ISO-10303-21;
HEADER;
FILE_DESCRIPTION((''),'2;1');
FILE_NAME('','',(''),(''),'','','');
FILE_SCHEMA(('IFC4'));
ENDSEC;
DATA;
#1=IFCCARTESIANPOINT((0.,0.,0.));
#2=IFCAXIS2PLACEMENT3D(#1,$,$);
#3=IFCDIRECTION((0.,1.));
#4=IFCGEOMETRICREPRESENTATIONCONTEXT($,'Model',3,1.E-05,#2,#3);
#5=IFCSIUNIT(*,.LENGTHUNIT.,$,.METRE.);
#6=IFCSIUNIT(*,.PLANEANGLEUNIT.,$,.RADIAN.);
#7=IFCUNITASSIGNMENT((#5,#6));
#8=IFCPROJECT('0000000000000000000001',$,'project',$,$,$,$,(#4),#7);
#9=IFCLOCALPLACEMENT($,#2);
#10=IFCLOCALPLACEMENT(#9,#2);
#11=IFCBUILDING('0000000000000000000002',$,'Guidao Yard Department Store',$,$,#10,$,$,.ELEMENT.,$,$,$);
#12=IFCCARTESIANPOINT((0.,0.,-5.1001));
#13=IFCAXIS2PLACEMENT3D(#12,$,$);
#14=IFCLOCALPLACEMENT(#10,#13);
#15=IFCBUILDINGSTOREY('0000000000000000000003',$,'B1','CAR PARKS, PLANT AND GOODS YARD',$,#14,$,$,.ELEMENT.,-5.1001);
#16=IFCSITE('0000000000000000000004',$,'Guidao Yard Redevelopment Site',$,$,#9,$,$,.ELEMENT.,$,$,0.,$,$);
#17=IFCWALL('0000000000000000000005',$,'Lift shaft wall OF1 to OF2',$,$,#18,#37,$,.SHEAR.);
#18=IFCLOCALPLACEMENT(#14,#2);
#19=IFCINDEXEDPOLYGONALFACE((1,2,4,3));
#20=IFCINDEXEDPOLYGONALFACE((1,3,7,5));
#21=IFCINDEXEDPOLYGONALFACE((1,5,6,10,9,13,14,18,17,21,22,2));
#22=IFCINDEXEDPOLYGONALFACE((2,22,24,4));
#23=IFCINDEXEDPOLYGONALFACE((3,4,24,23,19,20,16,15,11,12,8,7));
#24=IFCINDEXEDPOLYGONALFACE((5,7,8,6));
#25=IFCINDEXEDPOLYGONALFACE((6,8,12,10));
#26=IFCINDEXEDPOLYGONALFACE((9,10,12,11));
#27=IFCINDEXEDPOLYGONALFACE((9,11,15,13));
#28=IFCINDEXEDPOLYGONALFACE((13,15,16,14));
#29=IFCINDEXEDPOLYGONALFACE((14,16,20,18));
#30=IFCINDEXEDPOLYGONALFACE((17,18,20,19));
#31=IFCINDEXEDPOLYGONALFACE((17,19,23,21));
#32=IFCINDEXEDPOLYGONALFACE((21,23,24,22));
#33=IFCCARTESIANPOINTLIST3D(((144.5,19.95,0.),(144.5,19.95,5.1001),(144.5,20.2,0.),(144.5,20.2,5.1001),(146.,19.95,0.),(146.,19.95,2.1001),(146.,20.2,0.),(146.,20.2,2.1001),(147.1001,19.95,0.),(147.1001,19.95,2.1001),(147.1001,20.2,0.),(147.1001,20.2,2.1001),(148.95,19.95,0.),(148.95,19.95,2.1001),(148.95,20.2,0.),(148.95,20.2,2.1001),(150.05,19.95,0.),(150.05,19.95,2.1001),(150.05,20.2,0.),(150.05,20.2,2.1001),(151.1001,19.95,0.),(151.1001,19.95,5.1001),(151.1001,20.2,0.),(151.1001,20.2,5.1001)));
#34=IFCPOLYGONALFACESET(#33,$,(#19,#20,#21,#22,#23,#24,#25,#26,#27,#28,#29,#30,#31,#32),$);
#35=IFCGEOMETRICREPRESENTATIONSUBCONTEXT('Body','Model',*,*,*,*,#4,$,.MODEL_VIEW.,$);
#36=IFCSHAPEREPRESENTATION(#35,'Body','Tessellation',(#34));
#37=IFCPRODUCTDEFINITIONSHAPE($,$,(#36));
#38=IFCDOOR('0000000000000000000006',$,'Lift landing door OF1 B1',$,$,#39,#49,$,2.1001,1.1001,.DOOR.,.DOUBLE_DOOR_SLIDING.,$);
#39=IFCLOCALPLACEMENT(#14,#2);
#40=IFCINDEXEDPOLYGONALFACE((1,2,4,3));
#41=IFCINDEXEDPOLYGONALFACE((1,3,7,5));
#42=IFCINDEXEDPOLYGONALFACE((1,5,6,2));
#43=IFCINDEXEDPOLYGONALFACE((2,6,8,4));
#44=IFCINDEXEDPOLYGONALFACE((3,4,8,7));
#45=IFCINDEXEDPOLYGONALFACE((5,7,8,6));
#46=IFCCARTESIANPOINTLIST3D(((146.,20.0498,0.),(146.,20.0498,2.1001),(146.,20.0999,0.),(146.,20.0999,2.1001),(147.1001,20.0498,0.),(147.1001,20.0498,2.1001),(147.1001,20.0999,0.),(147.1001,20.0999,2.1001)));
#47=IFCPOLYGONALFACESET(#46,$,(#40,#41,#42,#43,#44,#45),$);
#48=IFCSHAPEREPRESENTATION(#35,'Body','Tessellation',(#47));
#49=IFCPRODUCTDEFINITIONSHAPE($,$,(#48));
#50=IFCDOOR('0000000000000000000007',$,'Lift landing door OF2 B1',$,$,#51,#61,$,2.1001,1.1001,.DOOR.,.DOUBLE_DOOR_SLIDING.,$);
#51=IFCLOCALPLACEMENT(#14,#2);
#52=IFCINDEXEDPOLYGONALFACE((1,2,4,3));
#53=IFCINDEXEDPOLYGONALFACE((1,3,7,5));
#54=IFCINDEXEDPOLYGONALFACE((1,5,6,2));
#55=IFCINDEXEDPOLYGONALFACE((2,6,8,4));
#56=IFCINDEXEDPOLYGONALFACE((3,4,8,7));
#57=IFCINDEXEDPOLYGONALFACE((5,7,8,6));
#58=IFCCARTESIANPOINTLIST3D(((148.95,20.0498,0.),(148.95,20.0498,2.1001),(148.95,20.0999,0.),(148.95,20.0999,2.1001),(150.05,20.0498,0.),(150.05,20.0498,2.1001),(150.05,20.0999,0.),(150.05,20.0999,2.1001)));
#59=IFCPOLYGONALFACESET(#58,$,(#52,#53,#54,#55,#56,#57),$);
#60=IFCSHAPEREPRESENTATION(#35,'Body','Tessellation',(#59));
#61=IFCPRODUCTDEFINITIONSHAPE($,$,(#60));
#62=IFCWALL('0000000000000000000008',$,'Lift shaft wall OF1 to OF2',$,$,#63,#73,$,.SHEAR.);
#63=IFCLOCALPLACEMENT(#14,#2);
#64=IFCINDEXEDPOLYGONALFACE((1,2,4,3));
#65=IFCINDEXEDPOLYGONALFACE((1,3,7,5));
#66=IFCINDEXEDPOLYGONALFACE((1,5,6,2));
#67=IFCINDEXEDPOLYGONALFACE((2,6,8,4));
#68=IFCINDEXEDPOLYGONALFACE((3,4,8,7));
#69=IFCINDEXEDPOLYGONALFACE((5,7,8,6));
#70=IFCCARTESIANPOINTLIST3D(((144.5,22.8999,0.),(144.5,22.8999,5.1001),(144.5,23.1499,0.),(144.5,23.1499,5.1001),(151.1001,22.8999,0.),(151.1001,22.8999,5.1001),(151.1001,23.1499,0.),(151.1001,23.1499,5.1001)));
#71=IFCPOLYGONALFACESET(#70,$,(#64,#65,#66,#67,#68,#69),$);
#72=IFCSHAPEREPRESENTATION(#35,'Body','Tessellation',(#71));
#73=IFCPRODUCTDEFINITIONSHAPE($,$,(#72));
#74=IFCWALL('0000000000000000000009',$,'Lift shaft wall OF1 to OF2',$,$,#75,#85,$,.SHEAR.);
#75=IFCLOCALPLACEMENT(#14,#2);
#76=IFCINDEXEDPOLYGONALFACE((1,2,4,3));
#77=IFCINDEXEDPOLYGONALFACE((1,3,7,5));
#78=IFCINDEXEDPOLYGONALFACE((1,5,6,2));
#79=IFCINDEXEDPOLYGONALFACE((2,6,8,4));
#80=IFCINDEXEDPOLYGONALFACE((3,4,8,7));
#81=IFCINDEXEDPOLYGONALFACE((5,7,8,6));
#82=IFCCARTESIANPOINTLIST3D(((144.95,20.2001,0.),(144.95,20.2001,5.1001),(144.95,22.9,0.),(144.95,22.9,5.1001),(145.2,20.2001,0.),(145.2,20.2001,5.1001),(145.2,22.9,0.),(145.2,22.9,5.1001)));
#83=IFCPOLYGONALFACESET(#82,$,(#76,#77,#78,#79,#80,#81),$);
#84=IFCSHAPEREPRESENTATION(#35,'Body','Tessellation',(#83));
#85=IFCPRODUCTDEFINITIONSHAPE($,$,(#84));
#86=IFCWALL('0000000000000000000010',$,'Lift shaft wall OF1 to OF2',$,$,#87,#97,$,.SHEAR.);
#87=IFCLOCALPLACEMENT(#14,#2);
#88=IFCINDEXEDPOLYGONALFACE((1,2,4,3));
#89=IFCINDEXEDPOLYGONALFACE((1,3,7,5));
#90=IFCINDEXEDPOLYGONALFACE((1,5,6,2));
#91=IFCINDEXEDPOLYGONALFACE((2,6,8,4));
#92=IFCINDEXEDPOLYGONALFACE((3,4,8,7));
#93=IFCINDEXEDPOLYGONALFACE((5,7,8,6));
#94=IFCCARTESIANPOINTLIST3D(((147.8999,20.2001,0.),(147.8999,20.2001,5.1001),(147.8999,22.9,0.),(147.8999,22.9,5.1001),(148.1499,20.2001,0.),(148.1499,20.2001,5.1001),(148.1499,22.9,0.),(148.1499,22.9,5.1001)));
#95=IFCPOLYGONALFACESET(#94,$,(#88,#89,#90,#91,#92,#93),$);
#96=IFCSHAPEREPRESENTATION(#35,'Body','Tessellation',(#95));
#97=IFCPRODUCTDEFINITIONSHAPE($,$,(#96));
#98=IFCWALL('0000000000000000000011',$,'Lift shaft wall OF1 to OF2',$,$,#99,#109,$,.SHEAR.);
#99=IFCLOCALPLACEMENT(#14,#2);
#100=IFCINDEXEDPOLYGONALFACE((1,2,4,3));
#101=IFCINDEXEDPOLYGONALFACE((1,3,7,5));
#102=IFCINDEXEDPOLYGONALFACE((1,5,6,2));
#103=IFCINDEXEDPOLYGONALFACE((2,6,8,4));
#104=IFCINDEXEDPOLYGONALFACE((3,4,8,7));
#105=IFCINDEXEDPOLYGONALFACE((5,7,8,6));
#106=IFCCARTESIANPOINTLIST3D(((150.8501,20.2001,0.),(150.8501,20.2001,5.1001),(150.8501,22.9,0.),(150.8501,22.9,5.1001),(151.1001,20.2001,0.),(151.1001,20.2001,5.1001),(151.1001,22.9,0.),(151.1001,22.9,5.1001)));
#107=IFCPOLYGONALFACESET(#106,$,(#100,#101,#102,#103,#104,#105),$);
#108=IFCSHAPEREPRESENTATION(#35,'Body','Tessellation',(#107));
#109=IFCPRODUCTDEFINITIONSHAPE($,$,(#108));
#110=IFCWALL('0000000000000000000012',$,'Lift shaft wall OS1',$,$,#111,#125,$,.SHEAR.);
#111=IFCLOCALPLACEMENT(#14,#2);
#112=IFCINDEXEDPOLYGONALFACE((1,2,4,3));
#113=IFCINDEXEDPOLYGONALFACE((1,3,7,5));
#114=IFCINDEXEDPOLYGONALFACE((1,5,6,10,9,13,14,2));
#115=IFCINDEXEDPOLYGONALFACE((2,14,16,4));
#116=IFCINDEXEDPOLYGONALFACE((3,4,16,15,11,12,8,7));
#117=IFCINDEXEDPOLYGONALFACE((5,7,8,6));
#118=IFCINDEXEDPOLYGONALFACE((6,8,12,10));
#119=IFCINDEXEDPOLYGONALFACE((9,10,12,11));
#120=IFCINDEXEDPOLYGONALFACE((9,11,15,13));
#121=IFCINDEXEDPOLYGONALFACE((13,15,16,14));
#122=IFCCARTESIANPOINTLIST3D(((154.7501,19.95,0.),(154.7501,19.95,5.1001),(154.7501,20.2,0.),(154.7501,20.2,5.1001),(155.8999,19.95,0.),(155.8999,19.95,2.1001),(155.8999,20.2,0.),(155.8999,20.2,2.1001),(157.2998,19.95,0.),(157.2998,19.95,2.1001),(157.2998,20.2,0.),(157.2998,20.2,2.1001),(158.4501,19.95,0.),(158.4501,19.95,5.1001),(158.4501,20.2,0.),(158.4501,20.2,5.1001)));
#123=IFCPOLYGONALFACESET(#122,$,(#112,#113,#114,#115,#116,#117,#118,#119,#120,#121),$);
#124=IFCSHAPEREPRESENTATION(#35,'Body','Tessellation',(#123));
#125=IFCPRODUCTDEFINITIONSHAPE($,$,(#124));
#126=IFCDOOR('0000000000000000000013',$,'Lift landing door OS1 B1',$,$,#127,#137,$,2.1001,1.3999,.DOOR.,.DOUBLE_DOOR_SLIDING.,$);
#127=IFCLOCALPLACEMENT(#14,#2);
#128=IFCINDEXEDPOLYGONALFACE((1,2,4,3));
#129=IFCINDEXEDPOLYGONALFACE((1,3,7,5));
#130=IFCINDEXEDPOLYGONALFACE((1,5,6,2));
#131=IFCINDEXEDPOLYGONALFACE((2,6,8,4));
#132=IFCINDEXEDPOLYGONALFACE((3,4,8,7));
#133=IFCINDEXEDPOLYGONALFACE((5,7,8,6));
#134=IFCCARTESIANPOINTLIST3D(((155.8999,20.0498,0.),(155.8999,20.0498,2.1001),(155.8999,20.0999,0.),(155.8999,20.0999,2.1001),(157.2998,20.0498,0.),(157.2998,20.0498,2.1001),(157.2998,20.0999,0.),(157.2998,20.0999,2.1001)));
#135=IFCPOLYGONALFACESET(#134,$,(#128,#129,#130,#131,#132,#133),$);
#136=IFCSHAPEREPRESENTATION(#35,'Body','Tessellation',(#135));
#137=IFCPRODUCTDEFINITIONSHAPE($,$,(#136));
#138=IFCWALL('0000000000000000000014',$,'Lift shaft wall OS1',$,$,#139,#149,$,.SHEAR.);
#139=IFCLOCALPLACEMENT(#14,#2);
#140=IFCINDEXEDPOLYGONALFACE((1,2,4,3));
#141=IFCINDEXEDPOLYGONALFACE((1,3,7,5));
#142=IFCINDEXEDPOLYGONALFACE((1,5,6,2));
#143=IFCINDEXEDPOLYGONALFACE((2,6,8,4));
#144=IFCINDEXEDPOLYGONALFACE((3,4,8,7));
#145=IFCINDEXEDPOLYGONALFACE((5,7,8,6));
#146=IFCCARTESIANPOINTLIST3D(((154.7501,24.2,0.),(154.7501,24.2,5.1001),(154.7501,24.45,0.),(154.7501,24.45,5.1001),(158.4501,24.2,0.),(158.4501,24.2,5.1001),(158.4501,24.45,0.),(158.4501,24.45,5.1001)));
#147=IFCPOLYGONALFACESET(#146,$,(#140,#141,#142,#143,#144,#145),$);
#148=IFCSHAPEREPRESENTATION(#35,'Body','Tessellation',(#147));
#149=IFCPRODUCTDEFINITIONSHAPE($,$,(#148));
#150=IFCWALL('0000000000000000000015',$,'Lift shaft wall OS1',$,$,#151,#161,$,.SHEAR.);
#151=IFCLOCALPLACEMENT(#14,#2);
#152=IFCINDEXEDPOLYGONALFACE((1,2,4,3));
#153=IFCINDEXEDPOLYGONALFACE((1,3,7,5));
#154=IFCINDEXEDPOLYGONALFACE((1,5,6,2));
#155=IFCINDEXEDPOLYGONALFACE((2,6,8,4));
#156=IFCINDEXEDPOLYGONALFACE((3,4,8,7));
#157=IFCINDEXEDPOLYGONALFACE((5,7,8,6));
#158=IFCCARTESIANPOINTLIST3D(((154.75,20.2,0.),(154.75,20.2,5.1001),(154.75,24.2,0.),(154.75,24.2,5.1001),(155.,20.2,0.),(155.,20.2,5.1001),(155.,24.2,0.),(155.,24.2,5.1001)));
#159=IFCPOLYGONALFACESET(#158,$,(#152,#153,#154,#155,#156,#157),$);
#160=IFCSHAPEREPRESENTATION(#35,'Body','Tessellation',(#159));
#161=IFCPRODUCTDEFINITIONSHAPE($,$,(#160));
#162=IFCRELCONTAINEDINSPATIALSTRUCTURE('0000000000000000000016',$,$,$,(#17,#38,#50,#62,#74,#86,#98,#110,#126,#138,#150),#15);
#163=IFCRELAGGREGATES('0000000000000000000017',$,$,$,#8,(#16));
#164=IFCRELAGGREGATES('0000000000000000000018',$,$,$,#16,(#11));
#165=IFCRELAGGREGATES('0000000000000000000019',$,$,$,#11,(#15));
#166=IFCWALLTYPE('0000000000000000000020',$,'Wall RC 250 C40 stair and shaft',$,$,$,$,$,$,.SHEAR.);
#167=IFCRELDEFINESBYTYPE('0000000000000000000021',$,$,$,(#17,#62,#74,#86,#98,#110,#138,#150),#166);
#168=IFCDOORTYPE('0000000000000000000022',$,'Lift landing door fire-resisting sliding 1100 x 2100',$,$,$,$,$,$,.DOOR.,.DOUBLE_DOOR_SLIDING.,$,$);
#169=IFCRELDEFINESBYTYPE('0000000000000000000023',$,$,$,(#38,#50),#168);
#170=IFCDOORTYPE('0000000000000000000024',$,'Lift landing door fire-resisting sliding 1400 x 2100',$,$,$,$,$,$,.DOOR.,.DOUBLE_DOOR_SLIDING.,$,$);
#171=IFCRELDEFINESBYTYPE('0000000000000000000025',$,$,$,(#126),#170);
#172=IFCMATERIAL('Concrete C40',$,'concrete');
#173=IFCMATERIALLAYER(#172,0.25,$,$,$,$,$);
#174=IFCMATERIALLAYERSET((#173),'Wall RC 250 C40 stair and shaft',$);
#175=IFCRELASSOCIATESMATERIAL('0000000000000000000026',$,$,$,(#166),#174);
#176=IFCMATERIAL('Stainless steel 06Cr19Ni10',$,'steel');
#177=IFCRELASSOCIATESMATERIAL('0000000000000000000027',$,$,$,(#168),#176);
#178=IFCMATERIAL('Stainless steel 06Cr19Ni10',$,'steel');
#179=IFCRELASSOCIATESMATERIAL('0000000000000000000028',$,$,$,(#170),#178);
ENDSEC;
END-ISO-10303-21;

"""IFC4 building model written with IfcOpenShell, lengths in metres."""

from ifc_helpers import new_model, si_unit, direction, frame, frame_2d, origin, place, context, subcontext, project, spatial, rectangle, extrude, material, layer, layer_set, type_object, element, fill, save


model = new_model("IFC4")

# Units and contexts
model_context = context("Model", 3, precision=1e-05, world=origin(), true_north=direction((0.0, 1.0)))
body_context = subcontext(model_context, "Body", "Model", "MODEL_VIEW")
ifc_project = project(units=[si_unit("LENGTHUNIT", "METRE"), si_unit("PLANEANGLEUNIT", "RADIAN")], contexts=[model_context])

# Site, building, storey
site_placement = place(None, origin())
site = spatial("IfcSite", under=ifc_project, at=site_placement, Name="Guidao Yard Redevelopment Site", CompositionType="ELEMENT", RefElevation=0.0)
building_placement = place(site_placement, origin())
building = spatial("IfcBuilding", under=site, at=building_placement, Name="Guidao Yard Department Store", CompositionType="ELEMENT")
storey_placement = place(building_placement, frame((0.0, 0.0, -5.1001)))
storey = spatial("IfcBuildingStorey", under=building, at=storey_placement, Name="B1", Description="CAR PARKS, PLANT AND GOODS YARD", CompositionType="ELEMENT", Elevation=-5.1001)

# Shared definitions
ifc_material_1 = material(Name="Concrete C40", Category="concrete")
ifc_layer_1 = layer(ifc_material_1, 0.25)
ifc_layer_set_1 = layer_set([ifc_layer_1], Name="Wall RC 250 C40 stair and shaft")
wall_type_1 = type_object("IfcWallType", Name="Wall RC 250 C40 stair and shaft", PredefinedType="SHEAR", material=ifc_layer_set_1)

# Wall, openings, doors
wall_1_placement = place(storey_placement, frame((144.5, 20.075, 0.0), z_axis=(0.0, 0.0, 1.0), x_axis=(1.0, 0.0, 0.0)))
wall_1 = element("IfcWall", 1, at=wall_1_placement, inside=storey, type_object=wall_type_1, Name="Lift shaft wall OF1 to OF2", PredefinedType="SHEAR", context=body_context, shape_type="SweptSolid", body=[
    extrude(rectangle(XDim=6.6001, YDim=0.25, at=frame_2d((3.3, 0.0))), origin(), (0.0, 0.0, 1.0), 5.1001),
])
opening_1_placement = place(wall_1_placement, frame((1.5, 0.0, 0.0)))
opening_1 = element("IfcOpeningElement", 2, at=opening_1_placement, cuts=wall_1, PredefinedType="OPENING", context=body_context, shape_type="SweptSolid", body=[
    extrude(rectangle(XDim=1.1001, YDim=2.1001, at=frame_2d((0.55, 1.05))), frame((0.0, 0.135, 0.0), z_axis=(0.0, -1.0, 0.0), x_axis=(1.0, 0.0, 0.0)), (0.0, 0.0, 1.0), 0.27),
])
opening_2_placement = place(wall_1_placement, frame((4.45, 0.0, 0.0)))
opening_2 = element("IfcOpeningElement", 3, at=opening_2_placement, cuts=wall_1, PredefinedType="OPENING", context=body_context, shape_type="SweptSolid", body=[
    extrude(rectangle(XDim=1.1001, YDim=2.1001, at=frame_2d((0.55, 1.05))), frame((0.0, 0.135, 0.0), z_axis=(0.0, -1.0, 0.0), x_axis=(1.0, 0.0, 0.0)), (0.0, 0.0, 1.0), 0.27),
])
ifc_material_2 = material(Name="Stainless steel 06Cr19Ni10", Category="steel")
door_type_1 = type_object("IfcDoorType", Name="Lift landing door fire-resisting sliding 1100 x 2100", OperationType="DOUBLE_DOOR_SLIDING", PredefinedType="DOOR", material=ifc_material_2)
door_1_placement = place(opening_1_placement, origin())
door_1 = element("IfcDoor", 4, at=door_1_placement, inside=storey, type_object=door_type_1, Name="Lift landing door OF1 B1", OperationType="DOUBLE_DOOR_SLIDING", OverallHeight=2.1001, OverallWidth=1.1001, PredefinedType="DOOR", context=body_context, shape_type="SweptSolid", body=[
    extrude(rectangle(XDim=1.1001, YDim=2.1001, at=frame_2d((0.55, 1.05))), frame((0.0, 0.0249, 0.0), z_axis=(0.0, -1.0, 0.0), x_axis=(1.0, 0.0, 0.0)), (0.0, 0.0, 1.0), 0.05),
])
fill(opening_1, door_1)
door_2_placement = place(opening_2_placement, origin())
door_2 = element("IfcDoor", 5, at=door_2_placement, inside=storey, type_object=door_type_1, Name="Lift landing door OF2 B1", OperationType="DOUBLE_DOOR_SLIDING", OverallHeight=2.1001, OverallWidth=1.1001, PredefinedType="DOOR", context=body_context, shape_type="SweptSolid", body=[
    extrude(rectangle(XDim=1.1001, YDim=2.1001, at=frame_2d((0.55, 1.05))), frame((0.0, 0.0249, 0.0), z_axis=(0.0, -1.0, 0.0), x_axis=(1.0, 0.0, 0.0)), (0.0, 0.0, 1.0), 0.05),
])
fill(opening_2, door_2)

# Walls
wall_2_placement = place(storey_placement, frame((144.5, 23.0249, 0.0), z_axis=(0.0, 0.0, 1.0), x_axis=(1.0, 0.0, 0.0)))
element("IfcWall", 6, at=wall_2_placement, inside=storey, type_object=wall_type_1, Name="Lift shaft wall OF1 to OF2", PredefinedType="SHEAR", context=body_context, shape_type="SweptSolid", body=[
    extrude(rectangle(XDim=6.6001, YDim=0.25, at=frame_2d((3.3, 0.0))), origin(), (0.0, 0.0, 1.0), 5.1001),
])
for number, where, z_axis, x_axis, name in (
    (7, (145.075, 20.2, 0.0), (0.0, 0.0, 1.0), (0.0, 1.0, 0.0), "Lift shaft wall OF1 to OF2"),
    (8, (148.0249, 20.2, 0.0), (0.0, 0.0, 1.0), (0.0, 1.0, 0.0), "Lift shaft wall OF1 to OF2"),
    (9, (150.9751, 20.2, 0.0), (0.0, 0.0, 1.0), (0.0, 1.0, 0.0), "Lift shaft wall OF1 to OF2"),
):
    element("IfcWall", number, at=place(storey_placement, frame(where, z_axis=z_axis, x_axis=x_axis)), inside=storey, type_object=wall_type_1, Name=name, PredefinedType="SHEAR", context=body_context, shape_type="SweptSolid", body=[
        extrude(rectangle(XDim=2.7, YDim=0.25, at=frame_2d((1.3501, 0.0))), origin(), (0.0, 0.0, 1.0), 5.1001),
    ])

# Wall, opening, door
wall_3_placement = place(storey_placement, frame((154.75, 20.075, 0.0), z_axis=(0.0, 0.0, 1.0), x_axis=(1.0, 0.0, 0.0)))
wall_3 = element("IfcWall", 10, at=wall_3_placement, inside=storey, type_object=wall_type_1, Name="Lift shaft wall OS1", PredefinedType="SHEAR", context=body_context, shape_type="SweptSolid", body=[
    extrude(rectangle(XDim=3.7, YDim=0.25, at=frame_2d((1.8501, 0.0))), origin(), (0.0, 0.0, 1.0), 5.1001),
])
opening_3_placement = place(wall_3_placement, frame((1.1499, 0.0, 0.0)))
opening_3 = element("IfcOpeningElement", 11, at=opening_3_placement, cuts=wall_3, PredefinedType="OPENING", context=body_context, shape_type="SweptSolid", body=[
    extrude(rectangle(XDim=1.3999, YDim=2.1001, at=frame_2d((0.7, 1.05))), frame((0.0, 0.135, 0.0), z_axis=(0.0, -1.0, 0.0), x_axis=(1.0, 0.0, 0.0)), (0.0, 0.0, 1.0), 0.27),
])
ifc_material_3 = material(Name="Stainless steel 06Cr19Ni10", Category="steel")
door_type_2 = type_object("IfcDoorType", Name="Lift landing door fire-resisting sliding 1400 x 2100", OperationType="DOUBLE_DOOR_SLIDING", PredefinedType="DOOR", material=ifc_material_3)
door_3_placement = place(opening_3_placement, origin())
door_3 = element("IfcDoor", 12, at=door_3_placement, inside=storey, type_object=door_type_2, Name="Lift landing door OS1 B1", OperationType="DOUBLE_DOOR_SLIDING", OverallHeight=2.1001, OverallWidth=1.3999, PredefinedType="DOOR", context=body_context, shape_type="SweptSolid", body=[
    extrude(rectangle(XDim=1.3999, YDim=2.1001, at=frame_2d((0.7, 1.05))), frame((0.0, 0.0249, 0.0), z_axis=(0.0, -1.0, 0.0), x_axis=(1.0, 0.0, 0.0)), (0.0, 0.0, 1.0), 0.05),
])
fill(opening_3, door_3)

# Walls
wall_4_placement = place(storey_placement, frame((154.75, 24.325, 0.0), z_axis=(0.0, 0.0, 1.0), x_axis=(1.0, 0.0, 0.0)))
element("IfcWall", 13, at=wall_4_placement, inside=storey, type_object=wall_type_1, Name="Lift shaft wall OS1", PredefinedType="SHEAR", context=body_context, shape_type="SweptSolid", body=[
    extrude(rectangle(XDim=3.7, YDim=0.25, at=frame_2d((1.8501, 0.0))), origin(), (0.0, 0.0, 1.0), 5.1001),
])
wall_5_placement = place(storey_placement, frame((154.875, 20.2, 0.0), z_axis=(0.0, 0.0, 1.0), x_axis=(0.0, 1.0, 0.0)))
element("IfcWall", 14, at=wall_5_placement, inside=storey, type_object=wall_type_1, Name="Lift shaft wall OS1", PredefinedType="SHEAR", context=body_context, shape_type="SweptSolid", body=[
    extrude(rectangle(XDim=4.0, YDim=0.25, at=frame_2d((2.0, 0.0))), origin(), (0.0, 0.0, 1.0), 5.1001),
])

save(model, "model.ifc")
